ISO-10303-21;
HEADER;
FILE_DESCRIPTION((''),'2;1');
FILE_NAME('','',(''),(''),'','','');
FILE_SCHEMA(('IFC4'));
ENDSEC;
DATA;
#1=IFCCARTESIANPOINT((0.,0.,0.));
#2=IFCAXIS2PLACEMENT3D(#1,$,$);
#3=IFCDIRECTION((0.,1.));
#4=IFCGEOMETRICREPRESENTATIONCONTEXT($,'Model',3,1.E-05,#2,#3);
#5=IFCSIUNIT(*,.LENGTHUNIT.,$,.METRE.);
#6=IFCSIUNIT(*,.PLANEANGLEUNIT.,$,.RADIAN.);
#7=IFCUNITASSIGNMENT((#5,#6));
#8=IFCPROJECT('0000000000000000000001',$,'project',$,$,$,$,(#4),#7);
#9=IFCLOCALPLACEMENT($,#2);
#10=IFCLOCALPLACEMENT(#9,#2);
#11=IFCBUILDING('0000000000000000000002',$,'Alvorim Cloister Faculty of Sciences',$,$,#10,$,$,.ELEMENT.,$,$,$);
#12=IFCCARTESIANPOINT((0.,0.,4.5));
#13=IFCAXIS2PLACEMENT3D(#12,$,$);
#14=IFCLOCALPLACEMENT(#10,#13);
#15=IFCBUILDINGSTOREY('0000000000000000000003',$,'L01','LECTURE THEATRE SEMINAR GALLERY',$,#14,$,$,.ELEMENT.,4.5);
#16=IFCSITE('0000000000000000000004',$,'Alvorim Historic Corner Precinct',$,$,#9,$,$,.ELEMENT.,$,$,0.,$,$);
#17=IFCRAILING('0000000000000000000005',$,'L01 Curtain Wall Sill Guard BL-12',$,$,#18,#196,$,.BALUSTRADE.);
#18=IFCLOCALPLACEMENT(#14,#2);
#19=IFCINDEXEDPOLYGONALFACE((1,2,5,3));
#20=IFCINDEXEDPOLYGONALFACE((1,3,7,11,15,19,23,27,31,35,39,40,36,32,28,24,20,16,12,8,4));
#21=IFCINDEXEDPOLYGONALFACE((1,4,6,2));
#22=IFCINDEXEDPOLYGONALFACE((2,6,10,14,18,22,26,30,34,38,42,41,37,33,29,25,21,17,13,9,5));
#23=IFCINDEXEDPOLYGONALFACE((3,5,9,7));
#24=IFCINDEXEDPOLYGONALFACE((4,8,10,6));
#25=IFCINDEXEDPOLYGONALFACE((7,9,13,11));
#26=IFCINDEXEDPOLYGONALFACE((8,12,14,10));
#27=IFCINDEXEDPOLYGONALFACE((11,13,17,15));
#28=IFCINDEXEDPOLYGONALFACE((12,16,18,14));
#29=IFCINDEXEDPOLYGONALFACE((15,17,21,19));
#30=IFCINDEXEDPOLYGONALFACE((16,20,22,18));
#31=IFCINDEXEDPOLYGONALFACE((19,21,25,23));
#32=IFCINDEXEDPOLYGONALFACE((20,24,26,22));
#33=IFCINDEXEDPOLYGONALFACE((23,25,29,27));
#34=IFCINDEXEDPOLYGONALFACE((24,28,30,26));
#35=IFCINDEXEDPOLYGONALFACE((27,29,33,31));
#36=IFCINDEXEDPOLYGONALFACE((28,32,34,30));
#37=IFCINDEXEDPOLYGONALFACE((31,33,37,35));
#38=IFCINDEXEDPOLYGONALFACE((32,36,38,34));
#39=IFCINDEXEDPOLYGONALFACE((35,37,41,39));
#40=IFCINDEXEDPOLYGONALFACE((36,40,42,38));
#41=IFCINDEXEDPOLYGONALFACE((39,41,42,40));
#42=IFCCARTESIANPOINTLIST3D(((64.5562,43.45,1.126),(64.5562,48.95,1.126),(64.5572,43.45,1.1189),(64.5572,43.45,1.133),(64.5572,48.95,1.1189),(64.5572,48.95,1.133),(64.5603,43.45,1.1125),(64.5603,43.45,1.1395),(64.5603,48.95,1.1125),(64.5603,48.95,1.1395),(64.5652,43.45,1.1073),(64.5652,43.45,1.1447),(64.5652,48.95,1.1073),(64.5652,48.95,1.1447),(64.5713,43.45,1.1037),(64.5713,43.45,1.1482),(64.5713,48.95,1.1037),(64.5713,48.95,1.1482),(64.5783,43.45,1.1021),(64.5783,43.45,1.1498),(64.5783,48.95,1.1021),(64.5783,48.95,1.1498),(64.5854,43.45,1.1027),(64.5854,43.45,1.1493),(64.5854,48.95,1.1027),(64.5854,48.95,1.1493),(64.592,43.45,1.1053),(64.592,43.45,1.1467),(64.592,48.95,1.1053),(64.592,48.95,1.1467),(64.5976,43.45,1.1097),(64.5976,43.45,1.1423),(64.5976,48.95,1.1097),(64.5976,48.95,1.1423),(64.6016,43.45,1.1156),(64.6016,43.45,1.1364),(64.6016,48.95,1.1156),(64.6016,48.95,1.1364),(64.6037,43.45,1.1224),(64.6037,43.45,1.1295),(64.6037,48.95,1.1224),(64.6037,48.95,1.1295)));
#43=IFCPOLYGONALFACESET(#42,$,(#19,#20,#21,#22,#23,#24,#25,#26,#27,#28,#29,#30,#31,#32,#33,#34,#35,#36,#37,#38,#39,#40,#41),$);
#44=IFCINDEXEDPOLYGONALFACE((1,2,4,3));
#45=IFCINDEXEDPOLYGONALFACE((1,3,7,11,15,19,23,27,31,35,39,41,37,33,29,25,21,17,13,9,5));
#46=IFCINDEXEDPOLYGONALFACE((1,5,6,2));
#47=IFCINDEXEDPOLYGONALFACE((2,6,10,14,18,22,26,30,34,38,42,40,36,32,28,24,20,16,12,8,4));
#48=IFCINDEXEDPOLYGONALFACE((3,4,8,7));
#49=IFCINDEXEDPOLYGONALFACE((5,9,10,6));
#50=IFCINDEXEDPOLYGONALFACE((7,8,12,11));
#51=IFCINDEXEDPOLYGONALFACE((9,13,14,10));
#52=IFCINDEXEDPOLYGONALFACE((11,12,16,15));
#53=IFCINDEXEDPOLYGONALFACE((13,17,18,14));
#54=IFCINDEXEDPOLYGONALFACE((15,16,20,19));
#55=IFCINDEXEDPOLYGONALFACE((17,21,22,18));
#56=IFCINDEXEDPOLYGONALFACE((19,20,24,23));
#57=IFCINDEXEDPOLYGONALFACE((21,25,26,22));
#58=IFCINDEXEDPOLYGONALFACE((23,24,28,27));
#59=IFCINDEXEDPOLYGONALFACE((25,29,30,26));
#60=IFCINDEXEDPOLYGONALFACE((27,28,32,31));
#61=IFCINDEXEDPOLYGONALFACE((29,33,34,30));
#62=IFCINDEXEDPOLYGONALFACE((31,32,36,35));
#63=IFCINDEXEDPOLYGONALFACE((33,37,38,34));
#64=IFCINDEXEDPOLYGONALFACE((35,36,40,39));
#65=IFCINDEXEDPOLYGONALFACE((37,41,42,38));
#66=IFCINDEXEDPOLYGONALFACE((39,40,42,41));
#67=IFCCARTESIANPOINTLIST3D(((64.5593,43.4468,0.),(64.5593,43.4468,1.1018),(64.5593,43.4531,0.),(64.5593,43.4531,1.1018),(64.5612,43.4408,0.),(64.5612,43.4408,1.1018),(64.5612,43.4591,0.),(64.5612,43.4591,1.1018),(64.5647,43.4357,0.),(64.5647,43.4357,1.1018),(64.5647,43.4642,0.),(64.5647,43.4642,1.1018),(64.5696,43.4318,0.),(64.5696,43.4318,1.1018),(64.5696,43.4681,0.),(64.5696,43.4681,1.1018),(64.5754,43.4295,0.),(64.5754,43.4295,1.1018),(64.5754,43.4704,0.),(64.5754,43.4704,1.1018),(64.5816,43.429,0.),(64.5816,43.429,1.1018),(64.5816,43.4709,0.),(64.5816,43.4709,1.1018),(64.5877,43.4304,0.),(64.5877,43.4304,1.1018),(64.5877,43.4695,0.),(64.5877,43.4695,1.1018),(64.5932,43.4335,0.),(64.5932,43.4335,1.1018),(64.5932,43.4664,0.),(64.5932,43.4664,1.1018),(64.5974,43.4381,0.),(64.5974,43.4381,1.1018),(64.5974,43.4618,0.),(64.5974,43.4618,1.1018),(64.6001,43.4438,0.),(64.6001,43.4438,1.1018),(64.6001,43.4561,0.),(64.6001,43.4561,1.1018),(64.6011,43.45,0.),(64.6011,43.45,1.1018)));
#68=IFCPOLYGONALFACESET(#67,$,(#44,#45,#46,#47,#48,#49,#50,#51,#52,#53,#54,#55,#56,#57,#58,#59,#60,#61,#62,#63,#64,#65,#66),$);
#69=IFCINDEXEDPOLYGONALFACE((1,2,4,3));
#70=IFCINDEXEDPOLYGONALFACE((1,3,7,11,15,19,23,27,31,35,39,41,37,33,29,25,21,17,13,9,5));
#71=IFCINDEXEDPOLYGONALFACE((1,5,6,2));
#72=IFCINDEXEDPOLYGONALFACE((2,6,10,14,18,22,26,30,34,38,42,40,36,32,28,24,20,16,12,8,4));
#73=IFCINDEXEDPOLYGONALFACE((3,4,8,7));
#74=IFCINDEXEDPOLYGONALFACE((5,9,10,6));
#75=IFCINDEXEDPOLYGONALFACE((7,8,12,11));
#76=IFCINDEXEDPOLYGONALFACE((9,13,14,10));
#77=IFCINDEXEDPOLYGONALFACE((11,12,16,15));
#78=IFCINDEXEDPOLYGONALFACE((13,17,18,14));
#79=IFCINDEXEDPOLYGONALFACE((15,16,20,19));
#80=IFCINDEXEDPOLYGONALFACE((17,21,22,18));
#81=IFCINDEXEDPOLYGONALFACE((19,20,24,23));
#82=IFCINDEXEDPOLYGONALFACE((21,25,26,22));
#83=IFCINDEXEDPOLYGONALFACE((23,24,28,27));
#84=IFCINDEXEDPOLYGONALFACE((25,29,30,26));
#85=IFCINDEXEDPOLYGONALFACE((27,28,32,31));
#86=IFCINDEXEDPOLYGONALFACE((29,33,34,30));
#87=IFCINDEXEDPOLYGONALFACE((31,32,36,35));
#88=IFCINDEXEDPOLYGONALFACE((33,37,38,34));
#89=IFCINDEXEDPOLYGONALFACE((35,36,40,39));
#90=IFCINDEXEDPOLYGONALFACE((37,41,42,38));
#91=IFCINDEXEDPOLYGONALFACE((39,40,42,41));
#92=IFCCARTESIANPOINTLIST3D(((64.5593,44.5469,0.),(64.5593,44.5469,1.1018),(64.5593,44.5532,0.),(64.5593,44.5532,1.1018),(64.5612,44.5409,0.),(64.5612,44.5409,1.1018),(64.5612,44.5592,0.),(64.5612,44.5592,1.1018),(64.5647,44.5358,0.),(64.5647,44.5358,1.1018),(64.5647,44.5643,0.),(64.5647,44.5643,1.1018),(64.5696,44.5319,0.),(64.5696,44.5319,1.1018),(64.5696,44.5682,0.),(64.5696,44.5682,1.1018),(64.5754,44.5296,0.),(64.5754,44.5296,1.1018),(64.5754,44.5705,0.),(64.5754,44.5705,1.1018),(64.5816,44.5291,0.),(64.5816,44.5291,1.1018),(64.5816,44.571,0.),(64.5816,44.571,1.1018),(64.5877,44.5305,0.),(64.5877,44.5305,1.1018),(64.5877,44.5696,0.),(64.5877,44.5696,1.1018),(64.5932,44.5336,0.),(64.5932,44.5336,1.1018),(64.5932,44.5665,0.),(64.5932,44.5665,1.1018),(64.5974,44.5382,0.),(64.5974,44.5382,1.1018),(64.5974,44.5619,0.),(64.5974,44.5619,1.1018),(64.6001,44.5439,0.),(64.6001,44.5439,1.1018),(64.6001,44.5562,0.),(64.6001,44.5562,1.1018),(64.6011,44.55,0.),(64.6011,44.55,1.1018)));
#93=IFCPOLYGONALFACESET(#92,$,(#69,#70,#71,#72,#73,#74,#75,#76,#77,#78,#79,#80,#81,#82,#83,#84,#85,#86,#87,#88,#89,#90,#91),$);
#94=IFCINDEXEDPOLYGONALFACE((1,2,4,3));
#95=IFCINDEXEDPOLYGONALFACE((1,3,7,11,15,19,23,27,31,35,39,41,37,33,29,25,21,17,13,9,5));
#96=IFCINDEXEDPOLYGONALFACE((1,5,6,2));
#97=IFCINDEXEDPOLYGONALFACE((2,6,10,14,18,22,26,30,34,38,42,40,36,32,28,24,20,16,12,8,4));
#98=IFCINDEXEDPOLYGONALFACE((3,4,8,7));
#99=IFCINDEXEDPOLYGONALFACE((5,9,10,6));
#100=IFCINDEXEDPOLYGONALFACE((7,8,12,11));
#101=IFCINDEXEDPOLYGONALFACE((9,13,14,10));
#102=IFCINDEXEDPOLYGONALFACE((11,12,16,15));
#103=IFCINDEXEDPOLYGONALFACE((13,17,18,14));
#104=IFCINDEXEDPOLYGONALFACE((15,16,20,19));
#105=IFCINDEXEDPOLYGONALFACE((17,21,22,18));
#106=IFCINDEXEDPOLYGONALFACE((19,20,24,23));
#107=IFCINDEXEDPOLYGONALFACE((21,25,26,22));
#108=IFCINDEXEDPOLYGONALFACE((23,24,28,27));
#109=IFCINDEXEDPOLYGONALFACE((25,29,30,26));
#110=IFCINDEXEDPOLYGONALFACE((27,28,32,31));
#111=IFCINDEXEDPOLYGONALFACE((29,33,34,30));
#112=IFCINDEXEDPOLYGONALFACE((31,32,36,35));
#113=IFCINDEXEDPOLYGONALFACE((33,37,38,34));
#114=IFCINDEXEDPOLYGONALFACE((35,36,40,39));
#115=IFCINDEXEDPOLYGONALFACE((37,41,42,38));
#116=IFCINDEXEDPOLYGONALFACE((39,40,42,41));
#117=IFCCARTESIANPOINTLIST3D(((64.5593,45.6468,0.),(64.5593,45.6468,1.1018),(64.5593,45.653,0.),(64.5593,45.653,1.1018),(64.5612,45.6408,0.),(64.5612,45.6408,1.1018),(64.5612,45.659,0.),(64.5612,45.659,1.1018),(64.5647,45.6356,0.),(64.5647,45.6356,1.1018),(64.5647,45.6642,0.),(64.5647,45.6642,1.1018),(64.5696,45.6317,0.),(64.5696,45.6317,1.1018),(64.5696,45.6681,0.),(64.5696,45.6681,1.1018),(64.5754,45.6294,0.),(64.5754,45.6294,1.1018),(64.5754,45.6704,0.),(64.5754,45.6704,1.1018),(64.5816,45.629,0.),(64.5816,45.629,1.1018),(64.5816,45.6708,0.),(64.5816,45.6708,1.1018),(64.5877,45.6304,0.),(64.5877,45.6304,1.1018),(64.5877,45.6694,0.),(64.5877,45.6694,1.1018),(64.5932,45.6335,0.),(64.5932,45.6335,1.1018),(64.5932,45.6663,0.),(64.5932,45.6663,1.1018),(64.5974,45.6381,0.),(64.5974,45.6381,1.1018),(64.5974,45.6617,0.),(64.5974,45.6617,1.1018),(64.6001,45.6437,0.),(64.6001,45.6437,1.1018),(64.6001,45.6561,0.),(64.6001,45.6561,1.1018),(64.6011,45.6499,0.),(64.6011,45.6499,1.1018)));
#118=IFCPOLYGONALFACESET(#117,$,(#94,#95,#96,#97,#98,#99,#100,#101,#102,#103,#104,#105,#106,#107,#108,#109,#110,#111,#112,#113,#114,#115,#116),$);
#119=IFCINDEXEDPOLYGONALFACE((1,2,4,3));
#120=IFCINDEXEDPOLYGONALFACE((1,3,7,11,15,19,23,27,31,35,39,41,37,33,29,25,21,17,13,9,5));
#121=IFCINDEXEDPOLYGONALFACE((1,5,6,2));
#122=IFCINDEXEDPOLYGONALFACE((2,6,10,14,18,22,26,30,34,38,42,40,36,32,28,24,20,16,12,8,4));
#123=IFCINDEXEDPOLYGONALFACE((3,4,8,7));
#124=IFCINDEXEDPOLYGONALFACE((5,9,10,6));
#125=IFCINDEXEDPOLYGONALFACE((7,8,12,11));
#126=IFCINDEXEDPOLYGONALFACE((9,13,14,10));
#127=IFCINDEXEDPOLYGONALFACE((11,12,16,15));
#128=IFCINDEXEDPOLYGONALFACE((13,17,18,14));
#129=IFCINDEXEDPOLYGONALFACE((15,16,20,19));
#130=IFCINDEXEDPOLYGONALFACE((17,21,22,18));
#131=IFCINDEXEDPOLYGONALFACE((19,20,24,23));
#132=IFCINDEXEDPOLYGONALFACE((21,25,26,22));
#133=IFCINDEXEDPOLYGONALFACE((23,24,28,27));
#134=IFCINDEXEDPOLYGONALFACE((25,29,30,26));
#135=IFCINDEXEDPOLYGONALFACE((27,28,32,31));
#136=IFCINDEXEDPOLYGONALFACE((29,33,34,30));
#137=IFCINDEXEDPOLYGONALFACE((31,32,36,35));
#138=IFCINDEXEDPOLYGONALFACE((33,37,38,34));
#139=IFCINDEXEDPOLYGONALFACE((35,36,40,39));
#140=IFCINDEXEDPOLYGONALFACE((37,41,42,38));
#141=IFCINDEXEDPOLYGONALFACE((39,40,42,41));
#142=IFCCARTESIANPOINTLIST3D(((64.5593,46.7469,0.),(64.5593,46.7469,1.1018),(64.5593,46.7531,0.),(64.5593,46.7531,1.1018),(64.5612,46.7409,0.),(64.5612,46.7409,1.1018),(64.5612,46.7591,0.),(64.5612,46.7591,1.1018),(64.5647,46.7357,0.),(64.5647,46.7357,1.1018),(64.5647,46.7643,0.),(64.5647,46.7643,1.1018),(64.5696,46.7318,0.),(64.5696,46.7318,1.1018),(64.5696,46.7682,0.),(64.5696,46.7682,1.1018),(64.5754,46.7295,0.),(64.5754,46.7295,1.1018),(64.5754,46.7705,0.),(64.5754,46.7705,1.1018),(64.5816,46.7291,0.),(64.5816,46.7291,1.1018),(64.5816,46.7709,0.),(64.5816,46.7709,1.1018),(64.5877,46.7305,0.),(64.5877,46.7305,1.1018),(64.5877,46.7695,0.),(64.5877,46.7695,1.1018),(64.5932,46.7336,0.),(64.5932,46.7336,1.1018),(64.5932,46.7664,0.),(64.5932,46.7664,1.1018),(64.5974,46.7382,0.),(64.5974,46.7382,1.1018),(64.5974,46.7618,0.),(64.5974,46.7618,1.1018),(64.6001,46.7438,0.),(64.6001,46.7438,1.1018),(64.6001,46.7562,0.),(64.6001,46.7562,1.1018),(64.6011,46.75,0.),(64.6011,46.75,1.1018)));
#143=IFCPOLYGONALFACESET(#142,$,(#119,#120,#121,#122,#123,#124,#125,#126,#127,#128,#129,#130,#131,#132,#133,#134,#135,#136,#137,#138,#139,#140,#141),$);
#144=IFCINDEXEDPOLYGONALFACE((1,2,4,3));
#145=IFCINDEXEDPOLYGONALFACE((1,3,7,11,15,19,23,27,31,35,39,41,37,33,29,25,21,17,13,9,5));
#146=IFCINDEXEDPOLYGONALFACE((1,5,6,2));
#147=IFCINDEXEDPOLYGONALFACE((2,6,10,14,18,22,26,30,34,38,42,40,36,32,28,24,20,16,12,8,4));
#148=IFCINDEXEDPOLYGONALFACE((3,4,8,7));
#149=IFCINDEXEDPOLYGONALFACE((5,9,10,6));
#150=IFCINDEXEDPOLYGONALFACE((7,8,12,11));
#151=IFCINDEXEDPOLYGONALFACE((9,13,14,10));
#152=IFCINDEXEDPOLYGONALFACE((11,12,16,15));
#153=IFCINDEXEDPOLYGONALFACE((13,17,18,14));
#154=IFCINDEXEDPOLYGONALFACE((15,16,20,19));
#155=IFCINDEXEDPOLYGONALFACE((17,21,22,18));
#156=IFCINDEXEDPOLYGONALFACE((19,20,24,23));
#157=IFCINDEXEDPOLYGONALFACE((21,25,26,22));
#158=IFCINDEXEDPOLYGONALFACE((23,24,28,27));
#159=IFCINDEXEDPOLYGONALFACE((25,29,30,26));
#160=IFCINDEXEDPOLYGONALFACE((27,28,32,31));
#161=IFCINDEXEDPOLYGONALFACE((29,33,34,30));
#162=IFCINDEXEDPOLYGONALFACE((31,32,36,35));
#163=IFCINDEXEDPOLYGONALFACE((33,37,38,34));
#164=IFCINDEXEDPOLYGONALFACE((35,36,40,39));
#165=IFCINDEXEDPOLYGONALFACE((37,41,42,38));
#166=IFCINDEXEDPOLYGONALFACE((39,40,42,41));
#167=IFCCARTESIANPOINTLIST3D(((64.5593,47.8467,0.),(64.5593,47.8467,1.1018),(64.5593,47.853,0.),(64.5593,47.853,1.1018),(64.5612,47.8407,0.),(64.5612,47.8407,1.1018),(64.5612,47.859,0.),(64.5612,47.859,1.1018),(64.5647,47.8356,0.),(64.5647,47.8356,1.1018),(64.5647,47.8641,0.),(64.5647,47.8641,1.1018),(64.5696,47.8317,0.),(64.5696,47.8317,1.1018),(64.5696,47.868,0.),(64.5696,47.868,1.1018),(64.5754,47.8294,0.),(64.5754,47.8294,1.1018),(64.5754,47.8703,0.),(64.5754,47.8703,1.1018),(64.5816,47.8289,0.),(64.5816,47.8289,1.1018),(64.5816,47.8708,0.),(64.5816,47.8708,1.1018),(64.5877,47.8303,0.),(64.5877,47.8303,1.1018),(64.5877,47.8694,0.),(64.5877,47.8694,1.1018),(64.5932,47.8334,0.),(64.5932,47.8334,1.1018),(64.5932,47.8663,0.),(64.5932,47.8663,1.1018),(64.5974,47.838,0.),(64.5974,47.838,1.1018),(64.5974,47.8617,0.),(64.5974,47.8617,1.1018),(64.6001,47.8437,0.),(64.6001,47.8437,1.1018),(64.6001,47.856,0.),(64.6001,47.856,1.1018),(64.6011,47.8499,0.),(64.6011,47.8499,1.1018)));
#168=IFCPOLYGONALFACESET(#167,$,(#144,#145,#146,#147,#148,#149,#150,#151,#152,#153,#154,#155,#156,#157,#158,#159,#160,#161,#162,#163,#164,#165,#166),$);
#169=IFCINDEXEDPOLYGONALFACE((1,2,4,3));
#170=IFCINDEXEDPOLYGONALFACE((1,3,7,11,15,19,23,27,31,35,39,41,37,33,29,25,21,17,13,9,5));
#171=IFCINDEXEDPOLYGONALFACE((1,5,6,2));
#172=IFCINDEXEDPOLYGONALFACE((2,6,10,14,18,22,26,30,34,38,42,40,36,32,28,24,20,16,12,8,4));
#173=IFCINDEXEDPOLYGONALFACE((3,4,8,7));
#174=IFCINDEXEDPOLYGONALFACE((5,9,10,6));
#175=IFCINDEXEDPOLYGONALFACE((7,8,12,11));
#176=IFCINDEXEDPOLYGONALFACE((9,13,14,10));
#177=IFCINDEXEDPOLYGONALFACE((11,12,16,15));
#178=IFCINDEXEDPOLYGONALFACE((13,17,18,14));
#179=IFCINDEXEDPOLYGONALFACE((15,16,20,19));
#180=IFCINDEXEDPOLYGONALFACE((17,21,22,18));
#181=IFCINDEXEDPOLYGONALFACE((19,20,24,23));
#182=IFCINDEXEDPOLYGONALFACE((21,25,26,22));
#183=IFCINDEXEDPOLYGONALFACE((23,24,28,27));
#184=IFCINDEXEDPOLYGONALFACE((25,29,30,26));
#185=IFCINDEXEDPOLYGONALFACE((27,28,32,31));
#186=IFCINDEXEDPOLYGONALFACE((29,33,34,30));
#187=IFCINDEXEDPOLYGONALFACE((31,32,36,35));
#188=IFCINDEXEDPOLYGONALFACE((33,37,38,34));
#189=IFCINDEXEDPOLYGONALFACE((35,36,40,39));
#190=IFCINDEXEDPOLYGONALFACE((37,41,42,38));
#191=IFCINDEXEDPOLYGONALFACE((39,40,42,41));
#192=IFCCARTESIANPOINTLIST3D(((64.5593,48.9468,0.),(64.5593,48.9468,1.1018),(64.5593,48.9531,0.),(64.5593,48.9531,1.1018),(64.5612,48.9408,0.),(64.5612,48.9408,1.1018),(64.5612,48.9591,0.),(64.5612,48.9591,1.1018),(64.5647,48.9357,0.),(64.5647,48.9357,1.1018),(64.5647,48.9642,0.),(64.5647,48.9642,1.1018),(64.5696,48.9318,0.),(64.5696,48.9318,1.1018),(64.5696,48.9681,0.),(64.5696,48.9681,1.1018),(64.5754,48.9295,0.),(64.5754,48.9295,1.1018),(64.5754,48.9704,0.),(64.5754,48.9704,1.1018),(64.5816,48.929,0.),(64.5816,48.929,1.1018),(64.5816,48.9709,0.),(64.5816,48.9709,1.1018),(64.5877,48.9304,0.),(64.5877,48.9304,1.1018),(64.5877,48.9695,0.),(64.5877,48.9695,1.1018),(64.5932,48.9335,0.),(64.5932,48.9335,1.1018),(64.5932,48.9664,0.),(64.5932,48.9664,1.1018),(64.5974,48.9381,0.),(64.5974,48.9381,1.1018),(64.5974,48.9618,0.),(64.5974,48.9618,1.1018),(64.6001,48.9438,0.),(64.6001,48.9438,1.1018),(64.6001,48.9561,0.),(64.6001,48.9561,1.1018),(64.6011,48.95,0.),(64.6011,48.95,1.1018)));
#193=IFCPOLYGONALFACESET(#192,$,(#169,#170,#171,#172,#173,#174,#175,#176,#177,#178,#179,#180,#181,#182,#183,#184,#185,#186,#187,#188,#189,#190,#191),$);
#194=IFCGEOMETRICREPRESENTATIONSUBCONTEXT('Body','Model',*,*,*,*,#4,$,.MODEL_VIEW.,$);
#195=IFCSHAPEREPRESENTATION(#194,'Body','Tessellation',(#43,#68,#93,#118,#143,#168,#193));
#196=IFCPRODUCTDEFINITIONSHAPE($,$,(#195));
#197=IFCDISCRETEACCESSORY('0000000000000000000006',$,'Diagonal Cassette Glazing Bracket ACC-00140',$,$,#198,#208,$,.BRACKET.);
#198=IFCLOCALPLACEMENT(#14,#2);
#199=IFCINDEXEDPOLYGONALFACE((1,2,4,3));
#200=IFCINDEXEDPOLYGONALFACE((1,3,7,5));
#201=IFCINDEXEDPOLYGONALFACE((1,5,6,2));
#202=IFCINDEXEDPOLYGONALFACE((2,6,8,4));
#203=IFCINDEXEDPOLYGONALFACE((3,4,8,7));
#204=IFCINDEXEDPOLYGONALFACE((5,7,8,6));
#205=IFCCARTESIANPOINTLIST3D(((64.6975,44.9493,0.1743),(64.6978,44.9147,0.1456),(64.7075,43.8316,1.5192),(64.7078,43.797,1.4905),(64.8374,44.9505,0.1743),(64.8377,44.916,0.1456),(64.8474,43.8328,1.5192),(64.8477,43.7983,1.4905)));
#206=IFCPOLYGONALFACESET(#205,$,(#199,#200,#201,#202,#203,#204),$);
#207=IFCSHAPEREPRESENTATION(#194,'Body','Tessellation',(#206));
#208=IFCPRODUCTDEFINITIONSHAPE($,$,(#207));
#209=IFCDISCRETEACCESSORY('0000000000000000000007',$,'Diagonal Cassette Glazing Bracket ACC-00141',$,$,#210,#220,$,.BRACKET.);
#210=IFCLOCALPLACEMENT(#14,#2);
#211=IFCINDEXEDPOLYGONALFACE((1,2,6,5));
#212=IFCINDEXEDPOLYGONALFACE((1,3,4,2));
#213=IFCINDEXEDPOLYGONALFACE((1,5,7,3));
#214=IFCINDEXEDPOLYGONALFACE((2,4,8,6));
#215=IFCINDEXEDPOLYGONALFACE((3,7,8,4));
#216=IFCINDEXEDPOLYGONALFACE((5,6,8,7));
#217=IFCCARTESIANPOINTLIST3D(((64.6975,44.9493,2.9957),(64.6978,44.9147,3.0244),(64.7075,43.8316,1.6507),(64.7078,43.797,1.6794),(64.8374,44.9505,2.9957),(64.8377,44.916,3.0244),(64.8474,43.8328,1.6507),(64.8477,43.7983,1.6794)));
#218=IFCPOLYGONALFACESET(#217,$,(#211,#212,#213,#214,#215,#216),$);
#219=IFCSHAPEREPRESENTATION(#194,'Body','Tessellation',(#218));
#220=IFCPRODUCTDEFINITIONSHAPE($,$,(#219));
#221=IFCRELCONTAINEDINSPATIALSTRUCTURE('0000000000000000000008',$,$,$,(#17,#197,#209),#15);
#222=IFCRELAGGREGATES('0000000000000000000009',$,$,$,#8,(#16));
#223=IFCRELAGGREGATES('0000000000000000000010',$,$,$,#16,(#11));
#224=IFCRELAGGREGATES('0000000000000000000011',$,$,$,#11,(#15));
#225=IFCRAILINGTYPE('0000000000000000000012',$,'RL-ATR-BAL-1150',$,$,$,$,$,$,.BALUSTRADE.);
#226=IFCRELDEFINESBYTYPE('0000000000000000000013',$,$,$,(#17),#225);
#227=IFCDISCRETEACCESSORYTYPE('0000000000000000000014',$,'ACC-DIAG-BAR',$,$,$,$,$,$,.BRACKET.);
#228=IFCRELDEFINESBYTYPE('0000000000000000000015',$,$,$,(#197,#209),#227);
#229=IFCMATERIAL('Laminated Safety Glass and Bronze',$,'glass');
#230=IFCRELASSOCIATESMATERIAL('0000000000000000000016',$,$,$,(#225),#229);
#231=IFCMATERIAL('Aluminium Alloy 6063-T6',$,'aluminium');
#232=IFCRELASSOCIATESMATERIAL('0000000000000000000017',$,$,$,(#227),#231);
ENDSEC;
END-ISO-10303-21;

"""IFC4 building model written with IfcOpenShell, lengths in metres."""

from ifc_helpers import new_model, si_unit, direction, frame, origin, origin_2d, place, context, subcontext, project, spatial, rectangle, circle, extrude, material, type_object, element, save


model = new_model("IFC4")

# Units and contexts
model_context = context("Model", 3, precision=1e-05, world=origin(), true_north=direction((0.0, 1.0)))
body_context = subcontext(model_context, "Body", "Model", "MODEL_VIEW")
ifc_project = project(units=[si_unit("LENGTHUNIT", "METRE"), si_unit("PLANEANGLEUNIT", "RADIAN")], contexts=[model_context])

# Site, building, storey
site_placement = place(None, origin())
site = spatial("IfcSite", under=ifc_project, at=site_placement, Name="Alvorim Historic Corner Precinct", CompositionType="ELEMENT", RefElevation=0.0)
building_placement = place(site_placement, origin())
building = spatial("IfcBuilding", under=site, at=building_placement, Name="Alvorim Cloister Faculty of Sciences", CompositionType="ELEMENT")
storey_placement = place(building_placement, frame((0.0, 0.0, 4.5)))
storey = spatial("IfcBuildingStorey", under=building, at=storey_placement, Name="L01", Description="LECTURE THEATRE SEMINAR GALLERY", CompositionType="ELEMENT", Elevation=4.5)

# Shared definitions
ifc_material_1 = material(Name="Aluminium Alloy 6063-T6", Category="aluminium")

# Railing
ifc_material_2 = material(Name="Laminated Safety Glass and Bronze", Category="glass")
railing_type = type_object("IfcRailingType", Name="RL-ATR-BAL-1150", PredefinedType="BALUSTRADE", material=ifc_material_2)
railing_placement = place(storey_placement, frame((64.5801, 43.45, 0.0)))
element("IfcRailing", 1, at=railing_placement, inside=storey, type_object=railing_type, Name="L01 Curtain Wall Sill Guard BL-12", PredefinedType="BALUSTRADE", context=body_context, shape_type="SweptSolid", body=[
    extrude(circle(Radius=0.0239, at=origin_2d()), frame((0.0, 0.0, 1.126), z_axis=(0.0, 1.0, 0.0), x_axis=(-1.0, 0.0, 0.0)), (0.0, 0.0, 1.0), 5.5),
    extrude(circle(Radius=0.021, at=origin_2d()), origin(), (0.0, 0.0, 1.0), 1.1018),
    extrude(circle(Radius=0.021, at=origin_2d()), frame((0.0, 1.1001, 0.0)), (0.0, 0.0, 1.0), 1.1018),
    extrude(circle(Radius=0.021, at=origin_2d()), frame((0.0, 2.2, 0.0)), (0.0, 0.0, 1.0), 1.1018),
    extrude(circle(Radius=0.021, at=origin_2d()), frame((0.0, 3.3, 0.0)), (0.0, 0.0, 1.0), 1.1018),
    extrude(circle(Radius=0.021, at=origin_2d()), frame((0.0, 4.3999, 0.0)), (0.0, 0.0, 1.0), 1.1018),
    extrude(circle(Radius=0.021, at=origin_2d()), frame((0.0, 5.5, 0.0)), (0.0, 0.0, 1.0), 1.1018),
])

# Discrete accessories
discrete_accessory_type = type_object("IfcDiscreteAccessoryType", Name="ACC-DIAG-BAR", PredefinedType="BRACKET", material=ifc_material_1)
for number, where, z_axis, x_axis, name in (
    (2, (64.7776, 43.8149, 1.5049), (-0.005724, 0.639116, -0.769089), (-0.99996, -0.008956, 0.0), "Diagonal Cassette Glazing Bracket ACC-00140"),
    (3, (64.7776, 43.8149, 1.665), (-0.005724, 0.639116, 0.769089), (-0.99996, -0.008956, 0.0), "Diagonal Cassette Glazing Bracket ACC-00141"),
):
    element("IfcDiscreteAccessory", number, at=place(storey_placement, frame(where, z_axis=z_axis, x_axis=x_axis)), inside=storey, type_object=discrete_accessory_type, Name=name, PredefinedType="BRACKET", context=body_context, shape_type="SweptSolid", body=[
        extrude(rectangle(XDim=0.1399, YDim=0.0449, at=origin_2d()), origin(), (0.0, 0.0, 1.0), 1.7488),
    ])

save(model, "model.ifc")
